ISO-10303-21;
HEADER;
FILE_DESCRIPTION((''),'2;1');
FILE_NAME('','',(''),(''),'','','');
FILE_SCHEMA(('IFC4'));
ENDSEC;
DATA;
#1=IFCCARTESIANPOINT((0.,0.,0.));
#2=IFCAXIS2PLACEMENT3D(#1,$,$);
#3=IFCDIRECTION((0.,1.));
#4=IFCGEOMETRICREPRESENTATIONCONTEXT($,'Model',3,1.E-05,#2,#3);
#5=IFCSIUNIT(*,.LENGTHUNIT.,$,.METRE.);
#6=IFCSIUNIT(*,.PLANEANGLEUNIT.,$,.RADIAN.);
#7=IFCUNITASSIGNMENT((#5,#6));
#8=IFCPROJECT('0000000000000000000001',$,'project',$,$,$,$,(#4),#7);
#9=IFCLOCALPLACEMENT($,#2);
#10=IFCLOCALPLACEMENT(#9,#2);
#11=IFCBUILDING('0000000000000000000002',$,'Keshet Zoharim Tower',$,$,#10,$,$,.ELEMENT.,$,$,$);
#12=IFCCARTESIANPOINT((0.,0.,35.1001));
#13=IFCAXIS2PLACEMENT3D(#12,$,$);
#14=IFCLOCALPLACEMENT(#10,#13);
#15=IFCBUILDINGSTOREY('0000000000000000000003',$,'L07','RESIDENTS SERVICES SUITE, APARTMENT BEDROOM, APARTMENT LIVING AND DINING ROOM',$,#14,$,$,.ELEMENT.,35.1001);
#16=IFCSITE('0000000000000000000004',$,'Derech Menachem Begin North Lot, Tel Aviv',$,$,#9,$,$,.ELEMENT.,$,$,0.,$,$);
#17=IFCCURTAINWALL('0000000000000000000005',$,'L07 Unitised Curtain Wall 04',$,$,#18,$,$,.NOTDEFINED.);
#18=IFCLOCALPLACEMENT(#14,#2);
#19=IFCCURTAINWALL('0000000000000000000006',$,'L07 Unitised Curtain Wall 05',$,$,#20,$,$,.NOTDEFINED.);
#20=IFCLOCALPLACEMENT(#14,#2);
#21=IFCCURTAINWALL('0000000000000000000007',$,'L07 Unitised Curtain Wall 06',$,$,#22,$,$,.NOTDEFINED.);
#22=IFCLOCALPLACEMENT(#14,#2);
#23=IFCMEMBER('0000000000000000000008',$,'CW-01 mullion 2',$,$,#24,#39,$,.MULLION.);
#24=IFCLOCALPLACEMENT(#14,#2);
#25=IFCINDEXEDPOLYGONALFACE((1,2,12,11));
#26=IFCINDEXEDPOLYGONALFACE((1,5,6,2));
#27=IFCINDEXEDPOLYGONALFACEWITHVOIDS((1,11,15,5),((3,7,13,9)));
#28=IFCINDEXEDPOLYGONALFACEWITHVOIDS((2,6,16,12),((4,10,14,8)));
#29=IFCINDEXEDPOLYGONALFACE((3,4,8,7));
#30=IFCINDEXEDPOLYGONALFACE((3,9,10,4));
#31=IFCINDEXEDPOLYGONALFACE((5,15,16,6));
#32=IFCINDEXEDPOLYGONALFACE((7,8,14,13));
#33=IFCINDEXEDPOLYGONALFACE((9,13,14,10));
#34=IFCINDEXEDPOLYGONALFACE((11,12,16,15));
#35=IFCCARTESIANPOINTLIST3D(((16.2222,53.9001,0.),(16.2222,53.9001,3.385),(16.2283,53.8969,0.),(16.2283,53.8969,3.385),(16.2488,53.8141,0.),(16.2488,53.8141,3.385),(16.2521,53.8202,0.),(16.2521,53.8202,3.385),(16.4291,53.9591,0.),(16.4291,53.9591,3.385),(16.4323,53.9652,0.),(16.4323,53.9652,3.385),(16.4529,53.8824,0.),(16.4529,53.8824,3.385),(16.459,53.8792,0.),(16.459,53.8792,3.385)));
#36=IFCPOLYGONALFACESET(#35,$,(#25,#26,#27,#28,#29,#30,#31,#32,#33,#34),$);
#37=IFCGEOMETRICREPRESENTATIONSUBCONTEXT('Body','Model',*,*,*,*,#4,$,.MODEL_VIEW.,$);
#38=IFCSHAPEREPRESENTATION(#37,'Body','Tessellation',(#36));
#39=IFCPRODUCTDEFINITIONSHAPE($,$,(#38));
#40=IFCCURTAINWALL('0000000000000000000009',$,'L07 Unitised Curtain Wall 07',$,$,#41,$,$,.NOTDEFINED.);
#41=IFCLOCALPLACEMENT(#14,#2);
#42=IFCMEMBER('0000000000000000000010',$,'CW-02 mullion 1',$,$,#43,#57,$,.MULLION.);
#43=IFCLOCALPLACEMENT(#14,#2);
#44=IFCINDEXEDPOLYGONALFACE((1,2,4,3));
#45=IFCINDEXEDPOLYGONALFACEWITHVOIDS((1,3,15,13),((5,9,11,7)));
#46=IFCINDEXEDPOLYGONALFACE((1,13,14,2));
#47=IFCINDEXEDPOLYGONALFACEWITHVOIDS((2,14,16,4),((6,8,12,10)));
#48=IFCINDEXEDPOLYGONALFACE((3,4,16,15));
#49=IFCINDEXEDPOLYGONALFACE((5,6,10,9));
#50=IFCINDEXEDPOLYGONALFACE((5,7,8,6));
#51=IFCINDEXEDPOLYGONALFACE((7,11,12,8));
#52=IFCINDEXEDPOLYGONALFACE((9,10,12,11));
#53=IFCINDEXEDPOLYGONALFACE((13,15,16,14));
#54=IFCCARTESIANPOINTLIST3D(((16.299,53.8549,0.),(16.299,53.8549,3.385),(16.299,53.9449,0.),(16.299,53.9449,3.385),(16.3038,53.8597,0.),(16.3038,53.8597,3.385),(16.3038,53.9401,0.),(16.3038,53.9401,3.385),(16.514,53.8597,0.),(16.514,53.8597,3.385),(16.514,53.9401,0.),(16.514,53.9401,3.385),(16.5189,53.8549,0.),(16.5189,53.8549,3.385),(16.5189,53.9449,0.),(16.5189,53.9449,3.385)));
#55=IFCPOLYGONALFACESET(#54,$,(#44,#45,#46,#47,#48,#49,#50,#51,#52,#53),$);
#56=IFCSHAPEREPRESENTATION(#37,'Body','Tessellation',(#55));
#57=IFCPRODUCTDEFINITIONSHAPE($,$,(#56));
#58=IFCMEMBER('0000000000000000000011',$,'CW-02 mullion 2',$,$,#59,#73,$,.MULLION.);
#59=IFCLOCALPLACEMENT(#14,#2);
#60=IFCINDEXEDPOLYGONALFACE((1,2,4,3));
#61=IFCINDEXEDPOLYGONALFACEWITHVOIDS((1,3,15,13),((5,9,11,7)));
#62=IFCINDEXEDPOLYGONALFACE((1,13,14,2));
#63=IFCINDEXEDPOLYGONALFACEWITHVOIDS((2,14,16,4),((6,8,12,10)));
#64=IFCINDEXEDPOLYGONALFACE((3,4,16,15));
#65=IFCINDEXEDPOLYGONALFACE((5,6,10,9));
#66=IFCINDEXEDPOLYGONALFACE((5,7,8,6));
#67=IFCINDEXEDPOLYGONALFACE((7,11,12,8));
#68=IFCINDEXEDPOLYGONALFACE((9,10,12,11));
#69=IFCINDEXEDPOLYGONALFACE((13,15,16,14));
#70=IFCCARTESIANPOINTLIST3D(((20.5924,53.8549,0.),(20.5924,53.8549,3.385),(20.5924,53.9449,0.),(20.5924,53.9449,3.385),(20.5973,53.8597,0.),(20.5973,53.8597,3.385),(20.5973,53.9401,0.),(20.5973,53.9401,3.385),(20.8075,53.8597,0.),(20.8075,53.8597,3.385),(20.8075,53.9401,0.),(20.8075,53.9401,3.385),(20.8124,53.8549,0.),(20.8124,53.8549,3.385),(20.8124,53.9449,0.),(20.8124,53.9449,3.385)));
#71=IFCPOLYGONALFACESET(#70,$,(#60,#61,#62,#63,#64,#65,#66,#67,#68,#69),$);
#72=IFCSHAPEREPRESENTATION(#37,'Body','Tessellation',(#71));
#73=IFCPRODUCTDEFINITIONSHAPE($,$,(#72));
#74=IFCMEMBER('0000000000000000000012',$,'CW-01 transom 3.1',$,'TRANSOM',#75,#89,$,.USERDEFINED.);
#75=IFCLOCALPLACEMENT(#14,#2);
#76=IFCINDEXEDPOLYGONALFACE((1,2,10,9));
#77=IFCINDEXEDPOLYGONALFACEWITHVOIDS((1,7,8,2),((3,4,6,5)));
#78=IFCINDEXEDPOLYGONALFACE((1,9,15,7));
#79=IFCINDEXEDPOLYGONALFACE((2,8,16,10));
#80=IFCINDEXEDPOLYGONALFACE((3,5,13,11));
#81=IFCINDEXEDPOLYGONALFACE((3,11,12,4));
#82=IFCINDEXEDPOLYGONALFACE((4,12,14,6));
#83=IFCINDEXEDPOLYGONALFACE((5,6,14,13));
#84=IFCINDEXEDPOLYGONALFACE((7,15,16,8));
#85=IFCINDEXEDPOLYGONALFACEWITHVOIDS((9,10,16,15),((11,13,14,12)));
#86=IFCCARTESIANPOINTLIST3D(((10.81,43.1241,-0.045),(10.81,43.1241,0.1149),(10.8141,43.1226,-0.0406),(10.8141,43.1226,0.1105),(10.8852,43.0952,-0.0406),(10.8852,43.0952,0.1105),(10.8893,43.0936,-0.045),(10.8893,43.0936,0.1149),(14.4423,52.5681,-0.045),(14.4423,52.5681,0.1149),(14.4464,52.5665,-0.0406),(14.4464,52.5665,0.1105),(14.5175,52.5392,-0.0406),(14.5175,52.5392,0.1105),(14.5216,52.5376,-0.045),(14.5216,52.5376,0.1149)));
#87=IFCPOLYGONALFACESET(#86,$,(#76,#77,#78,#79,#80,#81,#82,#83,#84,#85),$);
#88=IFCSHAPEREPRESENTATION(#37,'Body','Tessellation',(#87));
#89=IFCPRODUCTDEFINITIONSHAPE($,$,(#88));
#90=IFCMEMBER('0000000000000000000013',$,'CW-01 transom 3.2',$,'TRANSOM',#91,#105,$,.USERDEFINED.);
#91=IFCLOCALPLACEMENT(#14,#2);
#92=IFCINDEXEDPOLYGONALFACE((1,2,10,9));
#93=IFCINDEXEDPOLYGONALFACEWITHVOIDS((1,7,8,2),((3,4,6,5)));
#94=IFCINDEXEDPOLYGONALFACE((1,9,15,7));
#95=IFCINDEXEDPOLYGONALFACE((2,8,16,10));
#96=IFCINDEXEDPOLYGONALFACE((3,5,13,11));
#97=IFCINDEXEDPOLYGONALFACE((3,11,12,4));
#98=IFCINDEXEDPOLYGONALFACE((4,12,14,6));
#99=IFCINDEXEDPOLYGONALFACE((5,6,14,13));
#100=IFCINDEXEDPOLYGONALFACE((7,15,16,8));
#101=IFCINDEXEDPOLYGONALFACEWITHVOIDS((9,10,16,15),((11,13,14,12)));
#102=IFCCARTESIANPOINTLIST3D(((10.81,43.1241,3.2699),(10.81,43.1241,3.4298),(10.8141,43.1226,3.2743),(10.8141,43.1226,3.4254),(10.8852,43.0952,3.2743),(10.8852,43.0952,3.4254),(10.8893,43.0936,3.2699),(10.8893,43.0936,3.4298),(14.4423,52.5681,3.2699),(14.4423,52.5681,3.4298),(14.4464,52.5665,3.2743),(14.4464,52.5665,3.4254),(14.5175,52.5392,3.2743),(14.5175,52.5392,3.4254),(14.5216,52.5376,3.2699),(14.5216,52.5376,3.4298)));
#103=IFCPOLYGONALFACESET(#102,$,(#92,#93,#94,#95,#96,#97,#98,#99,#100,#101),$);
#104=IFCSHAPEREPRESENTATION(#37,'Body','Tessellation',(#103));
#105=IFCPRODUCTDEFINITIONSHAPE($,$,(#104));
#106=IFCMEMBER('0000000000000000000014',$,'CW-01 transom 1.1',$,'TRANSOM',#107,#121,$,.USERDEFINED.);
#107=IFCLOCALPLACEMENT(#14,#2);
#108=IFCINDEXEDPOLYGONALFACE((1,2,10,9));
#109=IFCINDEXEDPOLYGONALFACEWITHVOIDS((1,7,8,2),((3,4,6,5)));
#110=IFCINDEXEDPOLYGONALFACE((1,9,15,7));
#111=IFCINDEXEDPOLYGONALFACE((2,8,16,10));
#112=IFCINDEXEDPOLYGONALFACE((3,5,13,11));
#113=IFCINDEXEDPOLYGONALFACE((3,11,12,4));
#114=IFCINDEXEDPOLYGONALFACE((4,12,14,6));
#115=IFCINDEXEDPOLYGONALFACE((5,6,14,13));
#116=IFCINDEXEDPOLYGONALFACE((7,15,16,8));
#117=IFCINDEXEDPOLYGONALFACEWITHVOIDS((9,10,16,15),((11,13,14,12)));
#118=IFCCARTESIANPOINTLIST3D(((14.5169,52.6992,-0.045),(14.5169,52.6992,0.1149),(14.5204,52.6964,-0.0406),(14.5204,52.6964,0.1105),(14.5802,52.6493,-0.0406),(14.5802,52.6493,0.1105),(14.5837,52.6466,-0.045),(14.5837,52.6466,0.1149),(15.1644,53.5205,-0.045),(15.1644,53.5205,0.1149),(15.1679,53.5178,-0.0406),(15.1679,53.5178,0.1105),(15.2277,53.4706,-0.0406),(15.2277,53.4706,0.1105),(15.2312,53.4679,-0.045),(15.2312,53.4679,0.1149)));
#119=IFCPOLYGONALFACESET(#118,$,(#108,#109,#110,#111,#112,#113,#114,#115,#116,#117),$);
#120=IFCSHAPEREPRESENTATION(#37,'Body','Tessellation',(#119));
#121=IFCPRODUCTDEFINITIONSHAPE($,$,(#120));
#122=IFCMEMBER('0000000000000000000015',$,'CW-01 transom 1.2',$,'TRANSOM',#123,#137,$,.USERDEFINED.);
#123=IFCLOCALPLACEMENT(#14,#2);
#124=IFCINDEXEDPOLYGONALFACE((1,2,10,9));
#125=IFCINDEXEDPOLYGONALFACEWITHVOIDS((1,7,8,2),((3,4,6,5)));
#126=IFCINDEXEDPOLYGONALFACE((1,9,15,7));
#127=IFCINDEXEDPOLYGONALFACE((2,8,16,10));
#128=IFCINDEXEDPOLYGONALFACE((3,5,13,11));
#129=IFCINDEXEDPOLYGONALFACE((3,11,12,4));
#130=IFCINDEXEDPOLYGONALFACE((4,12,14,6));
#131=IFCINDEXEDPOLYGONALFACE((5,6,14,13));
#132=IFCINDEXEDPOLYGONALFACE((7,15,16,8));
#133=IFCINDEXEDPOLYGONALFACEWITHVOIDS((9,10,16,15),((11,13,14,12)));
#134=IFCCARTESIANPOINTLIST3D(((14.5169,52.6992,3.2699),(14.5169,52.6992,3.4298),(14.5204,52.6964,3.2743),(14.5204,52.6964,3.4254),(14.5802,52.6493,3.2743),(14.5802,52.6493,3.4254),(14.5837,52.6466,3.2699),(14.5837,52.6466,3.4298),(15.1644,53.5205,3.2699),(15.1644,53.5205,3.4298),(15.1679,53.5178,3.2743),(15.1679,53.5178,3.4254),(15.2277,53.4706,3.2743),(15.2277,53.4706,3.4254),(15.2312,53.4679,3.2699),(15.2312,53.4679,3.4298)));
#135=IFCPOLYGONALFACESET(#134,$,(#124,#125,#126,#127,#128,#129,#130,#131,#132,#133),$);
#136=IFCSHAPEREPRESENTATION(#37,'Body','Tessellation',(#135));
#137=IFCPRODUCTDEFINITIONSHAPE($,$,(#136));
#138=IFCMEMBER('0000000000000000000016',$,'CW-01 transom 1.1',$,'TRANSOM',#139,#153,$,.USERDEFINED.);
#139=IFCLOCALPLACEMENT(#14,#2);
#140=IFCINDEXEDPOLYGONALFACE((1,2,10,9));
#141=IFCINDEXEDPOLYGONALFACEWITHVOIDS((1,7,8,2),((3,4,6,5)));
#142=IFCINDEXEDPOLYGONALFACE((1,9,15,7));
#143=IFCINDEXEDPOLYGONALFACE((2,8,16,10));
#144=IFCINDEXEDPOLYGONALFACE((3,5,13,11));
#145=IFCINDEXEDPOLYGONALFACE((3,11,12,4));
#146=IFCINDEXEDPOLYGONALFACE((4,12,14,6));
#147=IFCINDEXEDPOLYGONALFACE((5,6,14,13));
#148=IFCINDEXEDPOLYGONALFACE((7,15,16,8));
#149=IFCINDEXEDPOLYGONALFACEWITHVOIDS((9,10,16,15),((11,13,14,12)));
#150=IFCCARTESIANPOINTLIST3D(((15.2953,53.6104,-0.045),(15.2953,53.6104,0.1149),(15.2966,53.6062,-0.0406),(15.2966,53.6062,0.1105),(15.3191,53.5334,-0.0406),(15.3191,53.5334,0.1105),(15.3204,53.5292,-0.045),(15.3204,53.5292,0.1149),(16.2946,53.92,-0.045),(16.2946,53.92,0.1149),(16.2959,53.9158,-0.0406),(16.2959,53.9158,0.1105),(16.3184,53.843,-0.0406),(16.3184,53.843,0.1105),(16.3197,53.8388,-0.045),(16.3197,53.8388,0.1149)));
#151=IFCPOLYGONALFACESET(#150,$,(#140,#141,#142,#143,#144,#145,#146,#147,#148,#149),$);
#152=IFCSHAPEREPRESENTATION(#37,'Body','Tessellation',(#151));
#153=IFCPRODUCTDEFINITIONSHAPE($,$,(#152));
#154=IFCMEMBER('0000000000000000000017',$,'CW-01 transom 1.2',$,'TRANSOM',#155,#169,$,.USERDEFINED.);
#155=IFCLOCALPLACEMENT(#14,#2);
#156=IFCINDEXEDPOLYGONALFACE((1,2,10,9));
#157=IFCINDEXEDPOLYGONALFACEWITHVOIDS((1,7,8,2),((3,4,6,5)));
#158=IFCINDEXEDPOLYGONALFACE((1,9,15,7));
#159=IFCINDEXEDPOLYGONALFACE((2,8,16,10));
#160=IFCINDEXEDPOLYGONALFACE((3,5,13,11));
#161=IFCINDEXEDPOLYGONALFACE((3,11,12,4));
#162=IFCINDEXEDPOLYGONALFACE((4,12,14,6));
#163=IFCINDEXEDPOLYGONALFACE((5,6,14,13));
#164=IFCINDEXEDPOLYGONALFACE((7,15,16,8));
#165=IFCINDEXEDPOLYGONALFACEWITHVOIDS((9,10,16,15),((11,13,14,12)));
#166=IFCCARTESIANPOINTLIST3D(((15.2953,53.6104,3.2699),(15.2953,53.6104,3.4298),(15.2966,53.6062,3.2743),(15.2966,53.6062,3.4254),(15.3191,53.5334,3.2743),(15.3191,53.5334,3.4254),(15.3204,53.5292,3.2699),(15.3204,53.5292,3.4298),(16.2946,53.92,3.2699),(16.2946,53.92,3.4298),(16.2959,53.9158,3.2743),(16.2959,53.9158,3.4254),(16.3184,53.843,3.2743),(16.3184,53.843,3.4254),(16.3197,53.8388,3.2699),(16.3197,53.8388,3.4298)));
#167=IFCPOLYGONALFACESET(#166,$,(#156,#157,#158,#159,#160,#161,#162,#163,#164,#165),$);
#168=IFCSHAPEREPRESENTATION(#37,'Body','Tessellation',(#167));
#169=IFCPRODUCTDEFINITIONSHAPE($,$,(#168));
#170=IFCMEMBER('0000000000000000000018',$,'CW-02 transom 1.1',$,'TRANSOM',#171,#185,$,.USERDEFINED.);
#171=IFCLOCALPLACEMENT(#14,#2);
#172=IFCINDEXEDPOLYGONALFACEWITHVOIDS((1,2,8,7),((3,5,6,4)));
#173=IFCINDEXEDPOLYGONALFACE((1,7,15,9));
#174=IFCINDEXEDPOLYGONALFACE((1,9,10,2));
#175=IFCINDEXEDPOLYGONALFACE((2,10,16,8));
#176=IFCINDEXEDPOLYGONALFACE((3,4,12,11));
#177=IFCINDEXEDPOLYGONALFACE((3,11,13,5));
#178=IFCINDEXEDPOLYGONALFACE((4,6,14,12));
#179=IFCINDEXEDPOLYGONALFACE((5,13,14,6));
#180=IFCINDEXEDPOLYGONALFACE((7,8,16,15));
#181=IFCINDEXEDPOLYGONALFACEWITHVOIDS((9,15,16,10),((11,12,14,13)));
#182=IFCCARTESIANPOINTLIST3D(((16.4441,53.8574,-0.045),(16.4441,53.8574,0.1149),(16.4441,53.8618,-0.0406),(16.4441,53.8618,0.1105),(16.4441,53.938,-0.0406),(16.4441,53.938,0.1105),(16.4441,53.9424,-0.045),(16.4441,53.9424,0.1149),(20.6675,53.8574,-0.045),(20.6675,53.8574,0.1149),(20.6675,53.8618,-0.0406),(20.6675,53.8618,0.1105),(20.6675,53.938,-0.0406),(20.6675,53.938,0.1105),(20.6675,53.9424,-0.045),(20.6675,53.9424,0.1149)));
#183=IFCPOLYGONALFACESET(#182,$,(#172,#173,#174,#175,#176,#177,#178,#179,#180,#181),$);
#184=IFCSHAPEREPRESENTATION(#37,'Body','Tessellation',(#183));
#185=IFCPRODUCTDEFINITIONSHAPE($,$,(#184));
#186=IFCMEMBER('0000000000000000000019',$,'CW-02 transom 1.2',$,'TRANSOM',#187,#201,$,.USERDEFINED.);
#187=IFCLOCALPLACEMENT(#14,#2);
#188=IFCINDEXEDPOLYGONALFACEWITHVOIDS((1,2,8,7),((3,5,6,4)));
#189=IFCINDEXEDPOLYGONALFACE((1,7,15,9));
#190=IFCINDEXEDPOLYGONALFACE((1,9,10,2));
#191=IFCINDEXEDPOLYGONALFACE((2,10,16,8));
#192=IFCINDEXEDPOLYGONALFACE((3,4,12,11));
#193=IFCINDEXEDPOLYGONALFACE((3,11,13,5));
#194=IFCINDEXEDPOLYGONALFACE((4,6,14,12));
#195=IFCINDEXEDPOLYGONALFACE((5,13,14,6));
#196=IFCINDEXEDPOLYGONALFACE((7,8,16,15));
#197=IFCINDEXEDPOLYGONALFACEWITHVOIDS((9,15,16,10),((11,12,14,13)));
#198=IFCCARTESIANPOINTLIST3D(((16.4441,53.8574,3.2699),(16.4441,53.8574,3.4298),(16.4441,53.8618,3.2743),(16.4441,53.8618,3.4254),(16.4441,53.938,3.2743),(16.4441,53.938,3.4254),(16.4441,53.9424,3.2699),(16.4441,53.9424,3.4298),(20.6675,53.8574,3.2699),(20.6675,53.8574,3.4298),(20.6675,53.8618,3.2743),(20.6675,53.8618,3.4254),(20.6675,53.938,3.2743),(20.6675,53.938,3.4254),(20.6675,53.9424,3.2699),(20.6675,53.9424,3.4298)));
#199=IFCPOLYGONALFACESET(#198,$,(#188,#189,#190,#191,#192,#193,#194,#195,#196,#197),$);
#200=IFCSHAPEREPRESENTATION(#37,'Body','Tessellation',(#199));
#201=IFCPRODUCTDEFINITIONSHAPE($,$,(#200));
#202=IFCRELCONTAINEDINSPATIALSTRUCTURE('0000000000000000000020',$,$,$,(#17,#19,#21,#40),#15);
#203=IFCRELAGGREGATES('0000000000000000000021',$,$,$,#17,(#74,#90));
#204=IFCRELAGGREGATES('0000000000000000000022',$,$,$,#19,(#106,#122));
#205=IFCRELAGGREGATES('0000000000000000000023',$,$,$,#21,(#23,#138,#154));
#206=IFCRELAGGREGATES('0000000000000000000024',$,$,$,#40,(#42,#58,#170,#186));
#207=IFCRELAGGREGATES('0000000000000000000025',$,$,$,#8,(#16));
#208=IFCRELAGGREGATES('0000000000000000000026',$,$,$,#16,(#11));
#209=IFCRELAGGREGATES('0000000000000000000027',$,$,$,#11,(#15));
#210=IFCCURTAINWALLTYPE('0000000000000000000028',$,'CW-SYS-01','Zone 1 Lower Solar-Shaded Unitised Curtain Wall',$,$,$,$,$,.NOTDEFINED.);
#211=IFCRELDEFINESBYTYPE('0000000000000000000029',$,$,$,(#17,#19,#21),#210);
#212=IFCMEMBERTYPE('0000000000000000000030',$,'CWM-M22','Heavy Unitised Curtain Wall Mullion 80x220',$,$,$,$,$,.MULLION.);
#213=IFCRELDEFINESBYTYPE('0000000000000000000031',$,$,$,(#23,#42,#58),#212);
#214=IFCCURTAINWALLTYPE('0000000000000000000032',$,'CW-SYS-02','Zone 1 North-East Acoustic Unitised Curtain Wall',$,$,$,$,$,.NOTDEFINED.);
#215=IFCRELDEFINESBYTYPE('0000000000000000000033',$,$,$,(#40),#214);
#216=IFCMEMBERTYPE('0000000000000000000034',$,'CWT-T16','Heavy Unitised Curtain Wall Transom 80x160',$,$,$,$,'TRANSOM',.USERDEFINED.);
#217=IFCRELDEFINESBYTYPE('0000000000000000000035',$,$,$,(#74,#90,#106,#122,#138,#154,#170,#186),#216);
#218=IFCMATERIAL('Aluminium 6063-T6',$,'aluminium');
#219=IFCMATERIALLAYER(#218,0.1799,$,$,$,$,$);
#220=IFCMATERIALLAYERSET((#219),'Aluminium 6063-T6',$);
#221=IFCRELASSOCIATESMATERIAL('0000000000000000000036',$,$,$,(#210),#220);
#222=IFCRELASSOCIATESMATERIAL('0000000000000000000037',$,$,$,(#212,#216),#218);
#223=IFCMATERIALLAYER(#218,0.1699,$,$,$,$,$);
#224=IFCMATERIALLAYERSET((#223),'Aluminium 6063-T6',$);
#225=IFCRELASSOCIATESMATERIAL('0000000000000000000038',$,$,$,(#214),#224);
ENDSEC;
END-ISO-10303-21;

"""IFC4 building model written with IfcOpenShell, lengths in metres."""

from ifc_helpers import new_model, si_unit, direction, frame, origin, origin_2d, place, context, subcontext, project, spatial, hollow_rectangle, extrude, material, layer, layer_set, material_profile, profile_set, type_object, element, aggregate, save


model = new_model("IFC4")

# Units and contexts
model_context = context("Model", 3, precision=1e-05, world=origin(), true_north=direction((0.0, 1.0)))
body_context = subcontext(model_context, "Body", "Model", "MODEL_VIEW")
ifc_project = project(units=[si_unit("LENGTHUNIT", "METRE"), si_unit("PLANEANGLEUNIT", "RADIAN")], contexts=[model_context])

# Site, building, storey
site_placement = place(None, origin())
site = spatial("IfcSite", under=ifc_project, at=site_placement, Name="Derech Menachem Begin North Lot, Tel Aviv", CompositionType="ELEMENT", RefElevation=0.0)
building_placement = place(site_placement, origin())
building = spatial("IfcBuilding", under=site, at=building_placement, Name="Keshet Zoharim Tower", CompositionType="ELEMENT")
storey_placement = place(building_placement, frame((0.0, 0.0, 35.1001)))
storey = spatial("IfcBuildingStorey", under=building, at=storey_placement, Name="L07", Description="RESIDENTS SERVICES SUITE, APARTMENT BEDROOM, APARTMENT LIVING AND DINING ROOM", CompositionType="ELEMENT", Elevation=35.1001)

# Curtain walls, members
ifc_material_1 = material(Name="Aluminium 6063-T6", Category="aluminium")
ifc_layer_1 = layer(ifc_material_1, 0.1799)
ifc_layer_set_1 = layer_set([ifc_layer_1], Name="Aluminium 6063-T6")
curtain_wall_type_1 = type_object("IfcCurtainWallType", Name="CW-SYS-01", Description="Zone 1 Lower Solar-Shaded Unitised Curtain Wall", PredefinedType="NOTDEFINED", material=ifc_layer_set_1)
curtain_wall_1_placement = place(storey_placement, origin())
curtain_wall_1 = element("IfcCurtainWall", 1, at=curtain_wall_1_placement, inside=storey, type_object=curtain_wall_type_1, Name="L07 Unitised Curtain Wall 04", PredefinedType="NOTDEFINED")
ifc_material_profile_1 = material_profile(ifc_material_1, hollow_rectangle(XDim=0.0901, YDim=0.22, WallThickness=0.0049, at=origin_2d()), Name="MUL-90x220")
ifc_profile_set_1 = profile_set([ifc_material_profile_1], Name="Aluminium 6063-T6")
member_type_1 = type_object("IfcMemberType", Name="CWM-M22", Description="Heavy Unitised Curtain Wall Mullion 80x220", PredefinedType="MULLION", material=ifc_profile_set_1)
curtain_wall_2_placement = place(storey_placement, origin())
curtain_wall_2 = element("IfcCurtainWall", 2, at=curtain_wall_2_placement, inside=storey, type_object=curtain_wall_type_1, Name="L07 Unitised Curtain Wall 05", PredefinedType="NOTDEFINED")
curtain_wall_3_placement = place(storey_placement, origin())
curtain_wall_3 = element("IfcCurtainWall", 3, at=curtain_wall_3_placement, inside=storey, type_object=curtain_wall_type_1, Name="L07 Unitised Curtain Wall 06", PredefinedType="NOTDEFINED")
member_1_placement = place(storey_placement, frame((16.3406, 53.8896, 0.0), z_axis=(0.0, 0.0, 1.0), x_axis=(-0.295922, 0.955212, 0.0)))
member_1 = element("IfcMember", 4, at=member_1_placement, type_object=member_type_1, Name="CW-01 mullion 2", PredefinedType="MULLION", context=body_context, shape_type="SweptSolid", body=[
    extrude(hollow_rectangle(XDim=0.0901, YDim=0.22, WallThickness=0.0049, at=origin_2d()), origin(), (0.0, 0.0, 1.0), 3.385),
])
ifc_layer_2 = layer(ifc_material_1, 0.1699)
ifc_layer_set_2 = layer_set([ifc_layer_2], Name="Aluminium 6063-T6")
curtain_wall_type_2 = type_object("IfcCurtainWallType", Name="CW-SYS-02", Description="Zone 1 North-East Acoustic Unitised Curtain Wall", PredefinedType="NOTDEFINED", material=ifc_layer_set_2)
curtain_wall_4_placement = place(storey_placement, origin())
curtain_wall_4 = element("IfcCurtainWall", 5, at=curtain_wall_4_placement, inside=storey, type_object=curtain_wall_type_2, Name="L07 Unitised Curtain Wall 07", PredefinedType="NOTDEFINED")
member_2_placement = place(storey_placement, frame((16.4089, 53.8999, 0.0), z_axis=(0.0, 0.0, 1.0), x_axis=(0.0, 1.0, 0.0)))
member_2 = element("IfcMember", 6, at=member_2_placement, type_object=member_type_1, Name="CW-02 mullion 1", PredefinedType="MULLION", context=body_context, shape_type="SweptSolid", body=[
    extrude(hollow_rectangle(XDim=0.0901, YDim=0.22, WallThickness=0.0049, at=origin_2d()), origin(), (0.0, 0.0, 1.0), 3.385),
])
member_3_placement = place(storey_placement, frame((20.7024, 53.8999, 0.0), z_axis=(0.0, 0.0, 1.0), x_axis=(0.0, 1.0, 0.0)))
member_3 = element("IfcMember", 7, at=member_3_placement, type_object=member_type_1, Name="CW-02 mullion 2", PredefinedType="MULLION", context=body_context, shape_type="SweptSolid", body=[
    extrude(hollow_rectangle(XDim=0.0901, YDim=0.22, WallThickness=0.0049, at=origin_2d()), origin(), (0.0, 0.0, 1.0), 3.385),
])

# Members
ifc_material_profile_2 = material_profile(ifc_material_1, hollow_rectangle(XDim=0.085, YDim=0.1599, WallThickness=0.0044, at=origin_2d()), Name="TRN-85x160")
ifc_profile_set_2 = profile_set([ifc_material_profile_2], Name="Aluminium 6063-T6")
member_type_2 = type_object("IfcMemberType", Name="CWT-T16", Description="Heavy Unitised Curtain Wall Transom 80x160", ElementType="TRANSOM", PredefinedType="USERDEFINED", material=ifc_profile_set_2)
member_4_placement = place(storey_placement, frame((10.8496, 43.1089, 0.0349), z_axis=(0.358986, 0.933343, 0.0), x_axis=(-0.933343, 0.358986, 0.0)))
member_4 = element("IfcMember", 8, at=member_4_placement, type_object=member_type_2, Name="CW-01 transom 3.1", ObjectType="TRANSOM", PredefinedType="USERDEFINED", context=body_context, shape_type="SweptSolid", body=[
    extrude(hollow_rectangle(XDim=0.085, YDim=0.1599, WallThickness=0.0044, at=origin_2d()), origin(), (0.0, 0.0, 1.0), 10.1184),
])
member_5_placement = place(storey_placement, frame((10.8496, 43.1089, 3.3499), z_axis=(0.358986, 0.933343, 0.0), x_axis=(-0.933343, 0.358986, 0.0)))
member_5 = element("IfcMember", 9, at=member_5_placement, type_object=member_type_2, Name="CW-01 transom 3.2", ObjectType="TRANSOM", PredefinedType="USERDEFINED", context=body_context, shape_type="SweptSolid", body=[
    extrude(hollow_rectangle(XDim=0.085, YDim=0.1599, WallThickness=0.0044, at=origin_2d()), origin(), (0.0, 0.0, 1.0), 10.1184),
])
member_6_placement = place(storey_placement, frame((14.5503, 52.6729, 0.0349), z_axis=(0.619099, 0.785313, 0.0), x_axis=(-0.785313, 0.619099, 0.0)))
member_6 = element("IfcMember", 10, at=member_6_placement, type_object=member_type_2, Name="CW-01 transom 1.1", ObjectType="TRANSOM", PredefinedType="USERDEFINED", context=body_context, shape_type="SweptSolid", body=[
    extrude(hollow_rectangle(XDim=0.085, YDim=0.1599, WallThickness=0.0044, at=origin_2d()), origin(), (0.0, 0.0, 1.0), 1.0459),
])
member_7_placement = place(storey_placement, frame((14.5503, 52.6729, 3.3499), z_axis=(0.619099, 0.785313, 0.0), x_axis=(-0.785313, 0.619099, 0.0)))
member_7 = element("IfcMember", 11, at=member_7_placement, type_object=member_type_2, Name="CW-01 transom 1.2", ObjectType="TRANSOM", PredefinedType="USERDEFINED", context=body_context, shape_type="SweptSolid", body=[
    extrude(hollow_rectangle(XDim=0.085, YDim=0.1599, WallThickness=0.0044, at=origin_2d()), origin(), (0.0, 0.0, 1.0), 1.0459),
])
member_8_placement = place(storey_placement, frame((15.3079, 53.5698, 0.0349), z_axis=(0.955212, 0.295922, 0.0), x_axis=(-0.295922, 0.955212, 0.0)))
member_8 = element("IfcMember", 12, at=member_8_placement, type_object=member_type_2, Name="CW-01 transom 1.1", ObjectType="TRANSOM", PredefinedType="USERDEFINED", context=body_context, shape_type="SweptSolid", body=[
    extrude(hollow_rectangle(XDim=0.085, YDim=0.1599, WallThickness=0.0044, at=origin_2d()), origin(), (0.0, 0.0, 1.0), 1.0461),
])
member_9_placement = place(storey_placement, frame((15.3079, 53.5698, 3.3499), z_axis=(0.955212, 0.295922, 0.0), x_axis=(-0.295922, 0.955212, 0.0)))
member_9 = element("IfcMember", 13, at=member_9_placement, type_object=member_type_2, Name="CW-01 transom 1.2", ObjectType="TRANSOM", PredefinedType="USERDEFINED", context=body_context, shape_type="SweptSolid", body=[
    extrude(hollow_rectangle(XDim=0.085, YDim=0.1599, WallThickness=0.0044, at=origin_2d()), origin(), (0.0, 0.0, 1.0), 1.0461),
])
member_10_placement = place(storey_placement, frame((16.4441, 53.8999, 0.0349), z_axis=(1.0, 0.0, 0.0), x_axis=(0.0, 1.0, 0.0)))
member_10 = element("IfcMember", 14, at=member_10_placement, type_object=member_type_2, Name="CW-02 transom 1.1", ObjectType="TRANSOM", PredefinedType="USERDEFINED", context=body_context, shape_type="SweptSolid", body=[
    extrude(hollow_rectangle(XDim=0.085, YDim=0.1599, WallThickness=0.0044, at=origin_2d()), origin(), (0.0, 0.0, 1.0), 4.2234),
])
member_11_placement = place(storey_placement, frame((16.4441, 53.8999, 3.3499), z_axis=(1.0, 0.0, 0.0), x_axis=(0.0, 1.0, 0.0)))
member_11 = element("IfcMember", 15, at=member_11_placement, type_object=member_type_2, Name="CW-02 transom 1.2", ObjectType="TRANSOM", PredefinedType="USERDEFINED", context=body_context, shape_type="SweptSolid", body=[
    extrude(hollow_rectangle(XDim=0.085, YDim=0.1599, WallThickness=0.0044, at=origin_2d()), origin(), (0.0, 0.0, 1.0), 4.2234),
])

aggregate(curtain_wall_1, [member_4, member_5])
aggregate(curtain_wall_2, [member_6, member_7])
aggregate(curtain_wall_3, [member_1, member_8, member_9])
aggregate(curtain_wall_4, [member_2, member_3, member_10, member_11])

save(model, "model.ifc")
